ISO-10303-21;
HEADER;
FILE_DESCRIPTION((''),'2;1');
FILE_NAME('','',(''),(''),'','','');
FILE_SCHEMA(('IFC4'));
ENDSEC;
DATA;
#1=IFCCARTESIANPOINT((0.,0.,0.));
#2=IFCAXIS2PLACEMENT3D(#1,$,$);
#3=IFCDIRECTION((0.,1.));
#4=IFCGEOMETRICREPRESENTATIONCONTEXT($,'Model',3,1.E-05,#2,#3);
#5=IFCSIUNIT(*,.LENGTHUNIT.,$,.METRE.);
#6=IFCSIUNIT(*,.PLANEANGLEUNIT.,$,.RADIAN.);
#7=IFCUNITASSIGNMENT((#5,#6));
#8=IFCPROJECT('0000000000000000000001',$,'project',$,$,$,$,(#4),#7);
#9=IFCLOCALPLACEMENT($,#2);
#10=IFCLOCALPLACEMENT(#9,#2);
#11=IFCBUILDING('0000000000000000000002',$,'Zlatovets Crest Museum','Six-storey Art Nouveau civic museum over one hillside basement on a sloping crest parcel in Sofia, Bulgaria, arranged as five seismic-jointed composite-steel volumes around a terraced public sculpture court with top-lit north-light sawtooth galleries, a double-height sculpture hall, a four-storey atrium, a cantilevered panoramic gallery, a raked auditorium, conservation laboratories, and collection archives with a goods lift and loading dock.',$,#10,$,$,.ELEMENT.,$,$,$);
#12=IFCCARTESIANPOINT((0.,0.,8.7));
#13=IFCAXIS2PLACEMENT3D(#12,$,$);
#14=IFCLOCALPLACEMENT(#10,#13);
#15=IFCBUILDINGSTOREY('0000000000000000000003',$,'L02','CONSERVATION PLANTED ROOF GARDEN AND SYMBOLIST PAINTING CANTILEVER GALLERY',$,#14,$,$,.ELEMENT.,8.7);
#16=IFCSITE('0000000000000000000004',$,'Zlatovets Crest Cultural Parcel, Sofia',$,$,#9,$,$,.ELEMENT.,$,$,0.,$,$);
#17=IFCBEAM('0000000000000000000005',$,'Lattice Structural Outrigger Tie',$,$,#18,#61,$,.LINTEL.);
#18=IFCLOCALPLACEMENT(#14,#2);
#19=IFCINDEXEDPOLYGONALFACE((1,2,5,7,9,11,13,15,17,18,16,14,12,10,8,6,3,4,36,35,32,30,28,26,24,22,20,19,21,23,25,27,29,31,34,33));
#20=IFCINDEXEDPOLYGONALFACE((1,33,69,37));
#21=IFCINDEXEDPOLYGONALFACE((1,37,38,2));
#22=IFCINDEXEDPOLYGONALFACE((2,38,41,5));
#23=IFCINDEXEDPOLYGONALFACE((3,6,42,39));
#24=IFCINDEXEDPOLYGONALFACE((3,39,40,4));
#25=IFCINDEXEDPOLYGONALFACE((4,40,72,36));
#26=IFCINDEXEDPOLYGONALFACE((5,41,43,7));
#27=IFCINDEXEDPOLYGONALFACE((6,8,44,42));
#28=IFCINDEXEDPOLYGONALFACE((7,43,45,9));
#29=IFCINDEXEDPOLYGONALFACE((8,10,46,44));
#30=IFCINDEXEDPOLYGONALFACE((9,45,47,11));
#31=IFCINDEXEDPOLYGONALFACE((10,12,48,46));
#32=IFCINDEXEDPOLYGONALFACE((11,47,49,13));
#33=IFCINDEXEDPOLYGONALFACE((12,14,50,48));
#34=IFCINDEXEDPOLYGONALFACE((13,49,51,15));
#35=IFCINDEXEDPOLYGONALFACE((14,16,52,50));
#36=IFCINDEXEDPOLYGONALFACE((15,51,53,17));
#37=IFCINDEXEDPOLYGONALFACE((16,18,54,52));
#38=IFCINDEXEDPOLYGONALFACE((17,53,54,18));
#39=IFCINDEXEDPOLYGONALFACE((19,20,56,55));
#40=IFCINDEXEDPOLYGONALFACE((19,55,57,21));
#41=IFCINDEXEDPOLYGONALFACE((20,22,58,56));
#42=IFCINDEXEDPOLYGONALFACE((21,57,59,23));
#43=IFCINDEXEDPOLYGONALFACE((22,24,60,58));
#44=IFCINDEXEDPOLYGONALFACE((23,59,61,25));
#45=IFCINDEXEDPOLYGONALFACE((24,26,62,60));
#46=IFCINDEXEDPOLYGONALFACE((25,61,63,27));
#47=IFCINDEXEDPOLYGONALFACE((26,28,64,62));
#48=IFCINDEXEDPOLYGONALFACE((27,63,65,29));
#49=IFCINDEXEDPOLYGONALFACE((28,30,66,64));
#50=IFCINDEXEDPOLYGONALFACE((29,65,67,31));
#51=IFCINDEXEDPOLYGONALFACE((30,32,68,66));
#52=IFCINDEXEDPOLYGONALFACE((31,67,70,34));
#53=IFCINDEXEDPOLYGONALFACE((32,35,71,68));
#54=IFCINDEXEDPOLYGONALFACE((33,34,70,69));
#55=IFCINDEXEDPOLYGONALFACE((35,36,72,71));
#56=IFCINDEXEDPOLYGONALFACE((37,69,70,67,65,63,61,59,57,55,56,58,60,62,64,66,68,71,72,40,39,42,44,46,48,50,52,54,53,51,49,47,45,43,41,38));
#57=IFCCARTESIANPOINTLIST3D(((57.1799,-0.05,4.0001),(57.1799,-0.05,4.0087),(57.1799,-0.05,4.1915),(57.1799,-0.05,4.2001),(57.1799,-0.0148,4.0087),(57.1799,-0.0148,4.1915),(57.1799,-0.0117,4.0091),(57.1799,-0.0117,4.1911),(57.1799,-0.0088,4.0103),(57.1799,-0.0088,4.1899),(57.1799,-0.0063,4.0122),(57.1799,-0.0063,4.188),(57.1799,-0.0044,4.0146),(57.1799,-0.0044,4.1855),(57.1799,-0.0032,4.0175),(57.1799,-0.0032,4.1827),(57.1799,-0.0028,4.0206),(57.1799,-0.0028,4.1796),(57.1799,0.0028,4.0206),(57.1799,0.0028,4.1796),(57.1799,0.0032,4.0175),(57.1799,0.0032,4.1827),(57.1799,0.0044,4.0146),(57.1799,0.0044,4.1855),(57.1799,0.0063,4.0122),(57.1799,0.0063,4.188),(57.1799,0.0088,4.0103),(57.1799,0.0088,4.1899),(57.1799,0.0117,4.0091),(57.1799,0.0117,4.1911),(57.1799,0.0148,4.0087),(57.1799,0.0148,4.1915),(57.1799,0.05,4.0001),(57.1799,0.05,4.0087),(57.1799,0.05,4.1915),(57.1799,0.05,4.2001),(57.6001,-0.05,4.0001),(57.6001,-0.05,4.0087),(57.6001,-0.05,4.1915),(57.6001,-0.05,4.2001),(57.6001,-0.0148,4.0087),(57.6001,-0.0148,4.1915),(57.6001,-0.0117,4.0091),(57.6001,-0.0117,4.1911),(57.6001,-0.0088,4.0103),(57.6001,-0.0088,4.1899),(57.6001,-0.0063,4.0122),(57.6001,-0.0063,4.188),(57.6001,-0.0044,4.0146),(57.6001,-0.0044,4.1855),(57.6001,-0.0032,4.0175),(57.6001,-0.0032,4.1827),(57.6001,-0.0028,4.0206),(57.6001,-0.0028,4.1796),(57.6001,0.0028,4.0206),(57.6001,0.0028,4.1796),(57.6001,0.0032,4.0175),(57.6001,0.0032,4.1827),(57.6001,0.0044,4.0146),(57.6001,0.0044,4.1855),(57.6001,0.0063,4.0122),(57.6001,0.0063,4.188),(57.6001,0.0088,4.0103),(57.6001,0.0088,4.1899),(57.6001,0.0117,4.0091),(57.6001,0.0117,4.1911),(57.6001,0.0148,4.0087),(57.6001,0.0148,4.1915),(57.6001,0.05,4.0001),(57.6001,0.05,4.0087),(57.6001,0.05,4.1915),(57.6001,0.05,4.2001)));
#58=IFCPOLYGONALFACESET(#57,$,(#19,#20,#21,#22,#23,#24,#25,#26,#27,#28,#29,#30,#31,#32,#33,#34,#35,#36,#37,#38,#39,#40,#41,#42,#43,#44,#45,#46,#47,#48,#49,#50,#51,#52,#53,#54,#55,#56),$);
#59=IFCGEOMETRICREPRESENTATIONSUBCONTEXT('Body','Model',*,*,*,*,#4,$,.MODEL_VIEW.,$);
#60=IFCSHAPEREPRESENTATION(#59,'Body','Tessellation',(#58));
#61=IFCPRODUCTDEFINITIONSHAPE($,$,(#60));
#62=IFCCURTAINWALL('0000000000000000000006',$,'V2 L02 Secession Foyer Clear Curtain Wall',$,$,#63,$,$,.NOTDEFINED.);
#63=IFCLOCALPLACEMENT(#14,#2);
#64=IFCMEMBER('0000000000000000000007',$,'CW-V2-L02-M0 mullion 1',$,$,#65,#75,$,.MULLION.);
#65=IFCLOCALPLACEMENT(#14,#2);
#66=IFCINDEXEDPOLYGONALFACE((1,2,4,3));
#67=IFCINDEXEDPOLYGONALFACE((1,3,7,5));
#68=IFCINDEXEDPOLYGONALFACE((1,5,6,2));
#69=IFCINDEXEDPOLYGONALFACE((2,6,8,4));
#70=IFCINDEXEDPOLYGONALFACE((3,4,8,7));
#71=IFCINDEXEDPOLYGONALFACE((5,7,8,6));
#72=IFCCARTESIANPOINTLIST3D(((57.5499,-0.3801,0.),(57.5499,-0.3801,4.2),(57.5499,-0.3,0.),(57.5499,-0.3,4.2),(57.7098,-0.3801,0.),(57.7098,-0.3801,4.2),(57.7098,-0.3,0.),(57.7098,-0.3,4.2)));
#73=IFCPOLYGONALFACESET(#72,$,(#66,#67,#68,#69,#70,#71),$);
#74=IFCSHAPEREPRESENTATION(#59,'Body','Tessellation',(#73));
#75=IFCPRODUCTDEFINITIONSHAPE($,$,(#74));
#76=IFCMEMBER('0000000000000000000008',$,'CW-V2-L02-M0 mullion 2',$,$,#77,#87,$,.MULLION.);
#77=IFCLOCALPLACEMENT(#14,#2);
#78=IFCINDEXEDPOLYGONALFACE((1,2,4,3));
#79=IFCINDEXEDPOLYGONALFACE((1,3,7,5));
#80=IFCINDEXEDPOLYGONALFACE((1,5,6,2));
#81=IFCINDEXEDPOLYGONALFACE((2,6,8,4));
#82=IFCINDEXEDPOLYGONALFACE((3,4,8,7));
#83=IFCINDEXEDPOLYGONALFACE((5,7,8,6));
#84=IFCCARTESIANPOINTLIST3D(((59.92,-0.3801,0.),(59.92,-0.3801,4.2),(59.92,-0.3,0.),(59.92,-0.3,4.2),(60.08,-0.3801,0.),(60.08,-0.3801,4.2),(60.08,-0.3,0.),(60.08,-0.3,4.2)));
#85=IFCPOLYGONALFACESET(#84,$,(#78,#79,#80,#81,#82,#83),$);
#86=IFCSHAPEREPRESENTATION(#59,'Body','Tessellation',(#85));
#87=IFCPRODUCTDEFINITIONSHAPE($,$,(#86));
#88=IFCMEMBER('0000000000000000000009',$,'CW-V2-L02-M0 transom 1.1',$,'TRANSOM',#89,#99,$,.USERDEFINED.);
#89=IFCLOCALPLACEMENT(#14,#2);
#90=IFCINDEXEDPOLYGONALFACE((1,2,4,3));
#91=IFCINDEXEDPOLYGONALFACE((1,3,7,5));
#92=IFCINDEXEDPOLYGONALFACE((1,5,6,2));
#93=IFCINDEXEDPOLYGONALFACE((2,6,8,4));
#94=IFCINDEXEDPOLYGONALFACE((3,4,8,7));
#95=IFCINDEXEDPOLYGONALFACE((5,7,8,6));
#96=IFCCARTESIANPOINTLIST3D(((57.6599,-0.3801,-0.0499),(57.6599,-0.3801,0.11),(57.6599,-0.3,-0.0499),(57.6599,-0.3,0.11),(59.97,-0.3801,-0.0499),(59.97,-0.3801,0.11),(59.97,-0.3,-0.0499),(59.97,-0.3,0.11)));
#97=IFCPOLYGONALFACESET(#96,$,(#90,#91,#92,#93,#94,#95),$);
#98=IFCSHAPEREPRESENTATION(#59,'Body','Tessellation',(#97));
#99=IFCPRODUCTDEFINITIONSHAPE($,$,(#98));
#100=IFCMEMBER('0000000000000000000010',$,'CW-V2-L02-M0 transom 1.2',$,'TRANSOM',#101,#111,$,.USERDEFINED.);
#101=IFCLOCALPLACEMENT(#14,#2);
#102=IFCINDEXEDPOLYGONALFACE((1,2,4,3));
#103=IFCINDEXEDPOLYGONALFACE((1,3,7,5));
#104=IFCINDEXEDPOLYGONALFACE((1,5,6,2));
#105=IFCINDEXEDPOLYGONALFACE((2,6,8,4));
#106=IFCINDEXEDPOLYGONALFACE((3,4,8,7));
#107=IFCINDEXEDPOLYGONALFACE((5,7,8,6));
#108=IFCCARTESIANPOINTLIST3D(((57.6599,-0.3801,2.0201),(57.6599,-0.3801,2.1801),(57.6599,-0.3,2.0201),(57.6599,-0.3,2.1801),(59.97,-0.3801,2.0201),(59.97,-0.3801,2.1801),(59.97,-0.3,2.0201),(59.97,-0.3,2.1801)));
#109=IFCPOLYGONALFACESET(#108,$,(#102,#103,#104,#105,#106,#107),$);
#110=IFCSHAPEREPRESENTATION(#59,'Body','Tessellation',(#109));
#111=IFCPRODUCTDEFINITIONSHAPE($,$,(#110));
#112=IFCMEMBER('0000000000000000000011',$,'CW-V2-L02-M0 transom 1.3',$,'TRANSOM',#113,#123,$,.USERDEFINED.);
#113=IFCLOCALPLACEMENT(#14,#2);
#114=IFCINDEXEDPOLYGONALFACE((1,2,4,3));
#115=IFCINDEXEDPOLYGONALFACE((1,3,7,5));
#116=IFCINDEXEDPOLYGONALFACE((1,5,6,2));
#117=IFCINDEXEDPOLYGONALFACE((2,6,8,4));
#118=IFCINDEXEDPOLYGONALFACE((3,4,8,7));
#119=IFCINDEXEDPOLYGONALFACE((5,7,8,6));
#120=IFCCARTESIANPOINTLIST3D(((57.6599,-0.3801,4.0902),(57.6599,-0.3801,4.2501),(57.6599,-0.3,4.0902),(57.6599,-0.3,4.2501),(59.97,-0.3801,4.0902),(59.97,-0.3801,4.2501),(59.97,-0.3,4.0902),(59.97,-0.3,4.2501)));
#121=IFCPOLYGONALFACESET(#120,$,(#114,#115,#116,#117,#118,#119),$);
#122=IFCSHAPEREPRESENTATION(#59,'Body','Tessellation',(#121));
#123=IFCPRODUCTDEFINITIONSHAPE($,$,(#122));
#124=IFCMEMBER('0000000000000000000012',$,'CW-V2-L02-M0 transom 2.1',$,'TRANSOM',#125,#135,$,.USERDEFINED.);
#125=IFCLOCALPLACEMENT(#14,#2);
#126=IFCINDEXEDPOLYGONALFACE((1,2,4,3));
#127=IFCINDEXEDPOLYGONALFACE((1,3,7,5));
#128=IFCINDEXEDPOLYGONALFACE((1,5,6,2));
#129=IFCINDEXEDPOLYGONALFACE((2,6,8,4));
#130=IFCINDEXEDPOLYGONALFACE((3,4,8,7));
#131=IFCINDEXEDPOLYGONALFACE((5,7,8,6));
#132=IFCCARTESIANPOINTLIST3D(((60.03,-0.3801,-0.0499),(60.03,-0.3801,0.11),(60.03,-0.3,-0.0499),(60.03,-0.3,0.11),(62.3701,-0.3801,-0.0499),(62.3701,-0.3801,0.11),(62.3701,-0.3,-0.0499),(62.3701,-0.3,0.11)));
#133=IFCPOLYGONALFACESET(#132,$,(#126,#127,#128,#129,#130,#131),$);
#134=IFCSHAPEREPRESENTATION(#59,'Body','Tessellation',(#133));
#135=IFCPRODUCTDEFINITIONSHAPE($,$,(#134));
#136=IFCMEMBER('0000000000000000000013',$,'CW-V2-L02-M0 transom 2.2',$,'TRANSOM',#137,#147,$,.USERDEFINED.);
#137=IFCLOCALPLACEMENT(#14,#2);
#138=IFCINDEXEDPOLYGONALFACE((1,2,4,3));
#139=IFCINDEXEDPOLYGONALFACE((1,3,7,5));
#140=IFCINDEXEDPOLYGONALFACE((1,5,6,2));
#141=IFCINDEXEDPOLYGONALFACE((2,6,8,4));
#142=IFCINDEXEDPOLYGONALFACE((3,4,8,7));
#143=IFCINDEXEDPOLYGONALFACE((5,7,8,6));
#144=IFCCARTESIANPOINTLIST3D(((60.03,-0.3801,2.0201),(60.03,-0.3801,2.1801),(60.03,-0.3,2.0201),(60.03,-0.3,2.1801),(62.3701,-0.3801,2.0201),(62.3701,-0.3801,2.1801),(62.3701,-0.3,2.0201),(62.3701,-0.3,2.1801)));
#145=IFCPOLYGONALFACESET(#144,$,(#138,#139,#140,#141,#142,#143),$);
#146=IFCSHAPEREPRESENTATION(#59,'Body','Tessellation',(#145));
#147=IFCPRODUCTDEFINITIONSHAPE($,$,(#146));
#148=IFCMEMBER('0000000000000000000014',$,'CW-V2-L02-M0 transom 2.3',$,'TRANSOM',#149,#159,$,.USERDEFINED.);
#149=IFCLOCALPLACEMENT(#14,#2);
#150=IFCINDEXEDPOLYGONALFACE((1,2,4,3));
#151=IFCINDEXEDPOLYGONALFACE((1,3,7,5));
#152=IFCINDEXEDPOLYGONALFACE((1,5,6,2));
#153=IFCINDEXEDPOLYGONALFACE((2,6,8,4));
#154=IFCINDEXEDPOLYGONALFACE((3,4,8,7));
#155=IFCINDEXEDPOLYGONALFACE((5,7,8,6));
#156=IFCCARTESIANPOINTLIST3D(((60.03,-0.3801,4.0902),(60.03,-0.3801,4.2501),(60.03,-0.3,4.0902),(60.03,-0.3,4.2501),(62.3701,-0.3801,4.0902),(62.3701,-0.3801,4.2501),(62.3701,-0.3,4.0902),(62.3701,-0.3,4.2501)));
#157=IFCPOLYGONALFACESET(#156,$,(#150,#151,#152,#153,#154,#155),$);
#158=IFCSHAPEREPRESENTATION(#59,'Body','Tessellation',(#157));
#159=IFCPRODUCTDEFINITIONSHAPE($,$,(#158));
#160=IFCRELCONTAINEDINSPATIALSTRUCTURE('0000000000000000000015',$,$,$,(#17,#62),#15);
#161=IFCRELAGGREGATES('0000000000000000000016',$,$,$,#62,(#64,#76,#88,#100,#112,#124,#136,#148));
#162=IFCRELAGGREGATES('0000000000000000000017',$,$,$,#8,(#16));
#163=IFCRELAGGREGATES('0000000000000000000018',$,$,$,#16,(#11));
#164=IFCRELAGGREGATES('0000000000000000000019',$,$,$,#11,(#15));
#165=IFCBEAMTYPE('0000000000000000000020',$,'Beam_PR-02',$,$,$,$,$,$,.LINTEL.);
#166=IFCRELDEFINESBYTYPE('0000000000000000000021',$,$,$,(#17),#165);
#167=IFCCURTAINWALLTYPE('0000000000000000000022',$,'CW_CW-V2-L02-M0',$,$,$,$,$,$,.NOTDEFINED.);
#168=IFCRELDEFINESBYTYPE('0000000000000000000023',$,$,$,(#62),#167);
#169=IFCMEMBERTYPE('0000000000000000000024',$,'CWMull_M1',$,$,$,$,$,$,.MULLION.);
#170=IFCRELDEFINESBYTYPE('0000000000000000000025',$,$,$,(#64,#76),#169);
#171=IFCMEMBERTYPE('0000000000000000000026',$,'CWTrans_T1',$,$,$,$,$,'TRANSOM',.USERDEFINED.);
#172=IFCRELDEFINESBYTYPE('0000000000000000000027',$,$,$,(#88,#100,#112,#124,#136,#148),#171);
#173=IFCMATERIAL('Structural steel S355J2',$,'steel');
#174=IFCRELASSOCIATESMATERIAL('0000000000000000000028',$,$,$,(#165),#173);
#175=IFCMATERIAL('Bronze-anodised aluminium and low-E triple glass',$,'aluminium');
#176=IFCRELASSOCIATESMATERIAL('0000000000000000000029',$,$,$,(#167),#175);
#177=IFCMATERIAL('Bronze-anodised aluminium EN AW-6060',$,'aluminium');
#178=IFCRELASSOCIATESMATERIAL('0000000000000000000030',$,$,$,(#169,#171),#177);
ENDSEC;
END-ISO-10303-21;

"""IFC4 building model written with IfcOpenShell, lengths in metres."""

from ifc_helpers import new_model, si_unit, direction, frame, origin, origin_2d, place, context, subcontext, project, spatial, rectangle, i_section, extrude, material, material_profile, profile_set, type_object, element, aggregate, save


model = new_model("IFC4")

# Units and contexts
model_context = context("Model", 3, precision=1e-05, world=origin(), true_north=direction((0.0, 1.0)))
body_context = subcontext(model_context, "Body", "Model", "MODEL_VIEW")
ifc_project = project(units=[si_unit("LENGTHUNIT", "METRE"), si_unit("PLANEANGLEUNIT", "RADIAN")], contexts=[model_context])

# Site, building, storey
site_placement = place(None, origin())
site = spatial("IfcSite", under=ifc_project, at=site_placement, Name="Zlatovets Crest Cultural Parcel, Sofia", CompositionType="ELEMENT", RefElevation=0.0)
building_placement = place(site_placement, origin())
building = spatial("IfcBuilding", under=site, at=building_placement, Name="Zlatovets Crest Museum", Description="Six-storey Art Nouveau civic museum over one hillside basement on a sloping crest parcel in Sofia, Bulgaria, arranged as five seismic-jointed composite-steel volumes around a terraced public sculpture court with top-lit north-light sawtooth galleries, a double-height sculpture hall, a four-storey atrium, a cantilevered panoramic gallery, a raked auditorium, conservation laboratories, and collection archives with a goods lift and loading dock.", CompositionType="ELEMENT")
storey_placement = place(building_placement, frame((0.0, 0.0, 8.7)))
storey = spatial("IfcBuildingStorey", under=building, at=storey_placement, Name="L02", Description="CONSERVATION PLANTED ROOF GARDEN AND SYMBOLIST PAINTING CANTILEVER GALLERY", CompositionType="ELEMENT", Elevation=8.7)

# Shared definitions
ifc_material_1 = material(Name="Structural steel S355J2", Category="steel")

# Beam
ifc_material_profile_1 = material_profile(ifc_material_1, i_section(OverallWidth=0.1001, OverallDepth=0.2, WebThickness=0.0056, FlangeThickness=0.0085, FilletRadius=0.012, at=origin_2d()), Name="IPE 200")
ifc_profile_set_1 = profile_set([ifc_material_profile_1], Name="Structural steel S355J2")
beam_type_1 = type_object("IfcBeamType", Name="Beam_PR-02", PredefinedType="LINTEL", material=ifc_profile_set_1)
for number, where, z_axis, x_axis, name in (
    (1, (57.6001, 0.0, 4.1001), (-1.0, 0.0, 0.0), (0.0, -1.0, 0.0), "Lattice Structural Outrigger Tie"),
):
    element("IfcBeam", number, at=place(storey_placement, frame(where, z_axis=z_axis, x_axis=x_axis)), inside=storey, type_object=beam_type_1, Name=name, PredefinedType="LINTEL", context=body_context, shape_type="SweptSolid", body=[
        extrude(i_section(OverallWidth=0.1001, OverallDepth=0.2, WebThickness=0.0056, FlangeThickness=0.0085, FilletRadius=0.012, at=origin_2d()), origin(), (0.0, 0.0, 1.0), 0.4202),
    ])

# Curtain wall, members
ifc_material_2 = material(Name="Bronze-anodised aluminium and low-E triple glass", Category="aluminium")
curtain_wall_type = type_object("IfcCurtainWallType", Name="CW_CW-V2-L02-M0", PredefinedType="NOTDEFINED", material=ifc_material_2)
curtain_wall_placement = place(storey_placement, origin())
curtain_wall = element("IfcCurtainWall", 2, at=curtain_wall_placement, inside=storey, type_object=curtain_wall_type, Name="V2 L02 Secession Foyer Clear Curtain Wall", PredefinedType="NOTDEFINED")
ifc_material_3 = material(Name="Bronze-anodised aluminium EN AW-6060", Category="aluminium")
ifc_material_profile_2 = material_profile(ifc_material_3, rectangle(XDim=0.0801, YDim=0.1599, at=origin_2d()), Name="ALU 80x160")
ifc_profile_set_2 = profile_set([ifc_material_profile_2], Name="Bronze-anodised aluminium EN AW-6060")
member_type_1 = type_object("IfcMemberType", Name="CWMull_M1", PredefinedType="MULLION", material=ifc_profile_set_2)
member_1_placement = place(storey_placement, frame((57.6299, -0.3401, 0.0), z_axis=(0.0, 0.0, 1.0), x_axis=(0.0, 1.0, 0.0)))
member_1 = element("IfcMember", 3, at=member_1_placement, type_object=member_type_1, Name="CW-V2-L02-M0 mullion 1", PredefinedType="MULLION", context=body_context, shape_type="SweptSolid", body=[
    extrude(rectangle(XDim=0.0801, YDim=0.1599, at=origin_2d()), origin(), (0.0, 0.0, 1.0), 4.2),
])
member_2_placement = place(storey_placement, frame((60.0, -0.3401, 0.0), z_axis=(0.0, 0.0, 1.0), x_axis=(0.0, 1.0, 0.0)))
member_2 = element("IfcMember", 4, at=member_2_placement, type_object=member_type_1, Name="CW-V2-L02-M0 mullion 2", PredefinedType="MULLION", context=body_context, shape_type="SweptSolid", body=[
    extrude(rectangle(XDim=0.0801, YDim=0.1599, at=origin_2d()), origin(), (0.0, 0.0, 1.0), 4.2),
])
ifc_material_profile_3 = material_profile(ifc_material_3, rectangle(XDim=0.0801, YDim=0.1599, at=origin_2d()), Name="ALU 80x160")
ifc_profile_set_3 = profile_set([ifc_material_profile_3], Name="Bronze-anodised aluminium EN AW-6060")
member_type_2 = type_object("IfcMemberType", Name="CWTrans_T1", ElementType="TRANSOM", PredefinedType="USERDEFINED", material=ifc_profile_set_3)
member_3_placement = place(storey_placement, frame((57.6599, -0.3401, 0.03), z_axis=(1.0, 0.0, 0.0), x_axis=(0.0, 1.0, 0.0)))
member_3 = element("IfcMember", 5, at=member_3_placement, type_object=member_type_2, Name="CW-V2-L02-M0 transom 1.1", ObjectType="TRANSOM", PredefinedType="USERDEFINED", context=body_context, shape_type="SweptSolid", body=[
    extrude(rectangle(XDim=0.0801, YDim=0.1599, at=origin_2d()), origin(), (0.0, 0.0, 1.0), 2.3101),
])
member_4_placement = place(storey_placement, frame((57.6599, -0.3401, 2.1001), z_axis=(1.0, 0.0, 0.0), x_axis=(0.0, 1.0, 0.0)))
member_4 = element("IfcMember", 6, at=member_4_placement, type_object=member_type_2, Name="CW-V2-L02-M0 transom 1.2", ObjectType="TRANSOM", PredefinedType="USERDEFINED", context=body_context, shape_type="SweptSolid", body=[
    extrude(rectangle(XDim=0.0801, YDim=0.1599, at=origin_2d()), origin(), (0.0, 0.0, 1.0), 2.3101),
])
member_5_placement = place(storey_placement, frame((57.6599, -0.3401, 4.1702), z_axis=(1.0, 0.0, 0.0), x_axis=(0.0, 1.0, 0.0)))
member_5 = element("IfcMember", 7, at=member_5_placement, type_object=member_type_2, Name="CW-V2-L02-M0 transom 1.3", ObjectType="TRANSOM", PredefinedType="USERDEFINED", context=body_context, shape_type="SweptSolid", body=[
    extrude(rectangle(XDim=0.0801, YDim=0.1599, at=origin_2d()), origin(), (0.0, 0.0, 1.0), 2.3101),
])
member_6_placement = place(storey_placement, frame((60.03, -0.3401, 0.03), z_axis=(1.0, 0.0, 0.0), x_axis=(0.0, 1.0, 0.0)))
member_6 = element("IfcMember", 8, at=member_6_placement, type_object=member_type_2, Name="CW-V2-L02-M0 transom 2.1", ObjectType="TRANSOM", PredefinedType="USERDEFINED", context=body_context, shape_type="SweptSolid", body=[
    extrude(rectangle(XDim=0.0801, YDim=0.1599, at=origin_2d()), origin(), (0.0, 0.0, 1.0), 2.3401),
])
member_7_placement = place(storey_placement, frame((60.03, -0.3401, 2.1001), z_axis=(1.0, 0.0, 0.0), x_axis=(0.0, 1.0, 0.0)))
member_7 = element("IfcMember", 9, at=member_7_placement, type_object=member_type_2, Name="CW-V2-L02-M0 transom 2.2", ObjectType="TRANSOM", PredefinedType="USERDEFINED", context=body_context, shape_type="SweptSolid", body=[
    extrude(rectangle(XDim=0.0801, YDim=0.1599, at=origin_2d()), origin(), (0.0, 0.0, 1.0), 2.3401),
])
member_8_placement = place(storey_placement, frame((60.03, -0.3401, 4.1702), z_axis=(1.0, 0.0, 0.0), x_axis=(0.0, 1.0, 0.0)))
member_8 = element("IfcMember", 10, at=member_8_placement, type_object=member_type_2, Name="CW-V2-L02-M0 transom 2.3", ObjectType="TRANSOM", PredefinedType="USERDEFINED", context=body_context, shape_type="SweptSolid", body=[
    extrude(rectangle(XDim=0.0801, YDim=0.1599, at=origin_2d()), origin(), (0.0, 0.0, 1.0), 2.3401),
])

aggregate(curtain_wall, [member_1, member_2, member_3, member_4, member_5, member_6, member_7, member_8])

save(model, "model.ifc")
